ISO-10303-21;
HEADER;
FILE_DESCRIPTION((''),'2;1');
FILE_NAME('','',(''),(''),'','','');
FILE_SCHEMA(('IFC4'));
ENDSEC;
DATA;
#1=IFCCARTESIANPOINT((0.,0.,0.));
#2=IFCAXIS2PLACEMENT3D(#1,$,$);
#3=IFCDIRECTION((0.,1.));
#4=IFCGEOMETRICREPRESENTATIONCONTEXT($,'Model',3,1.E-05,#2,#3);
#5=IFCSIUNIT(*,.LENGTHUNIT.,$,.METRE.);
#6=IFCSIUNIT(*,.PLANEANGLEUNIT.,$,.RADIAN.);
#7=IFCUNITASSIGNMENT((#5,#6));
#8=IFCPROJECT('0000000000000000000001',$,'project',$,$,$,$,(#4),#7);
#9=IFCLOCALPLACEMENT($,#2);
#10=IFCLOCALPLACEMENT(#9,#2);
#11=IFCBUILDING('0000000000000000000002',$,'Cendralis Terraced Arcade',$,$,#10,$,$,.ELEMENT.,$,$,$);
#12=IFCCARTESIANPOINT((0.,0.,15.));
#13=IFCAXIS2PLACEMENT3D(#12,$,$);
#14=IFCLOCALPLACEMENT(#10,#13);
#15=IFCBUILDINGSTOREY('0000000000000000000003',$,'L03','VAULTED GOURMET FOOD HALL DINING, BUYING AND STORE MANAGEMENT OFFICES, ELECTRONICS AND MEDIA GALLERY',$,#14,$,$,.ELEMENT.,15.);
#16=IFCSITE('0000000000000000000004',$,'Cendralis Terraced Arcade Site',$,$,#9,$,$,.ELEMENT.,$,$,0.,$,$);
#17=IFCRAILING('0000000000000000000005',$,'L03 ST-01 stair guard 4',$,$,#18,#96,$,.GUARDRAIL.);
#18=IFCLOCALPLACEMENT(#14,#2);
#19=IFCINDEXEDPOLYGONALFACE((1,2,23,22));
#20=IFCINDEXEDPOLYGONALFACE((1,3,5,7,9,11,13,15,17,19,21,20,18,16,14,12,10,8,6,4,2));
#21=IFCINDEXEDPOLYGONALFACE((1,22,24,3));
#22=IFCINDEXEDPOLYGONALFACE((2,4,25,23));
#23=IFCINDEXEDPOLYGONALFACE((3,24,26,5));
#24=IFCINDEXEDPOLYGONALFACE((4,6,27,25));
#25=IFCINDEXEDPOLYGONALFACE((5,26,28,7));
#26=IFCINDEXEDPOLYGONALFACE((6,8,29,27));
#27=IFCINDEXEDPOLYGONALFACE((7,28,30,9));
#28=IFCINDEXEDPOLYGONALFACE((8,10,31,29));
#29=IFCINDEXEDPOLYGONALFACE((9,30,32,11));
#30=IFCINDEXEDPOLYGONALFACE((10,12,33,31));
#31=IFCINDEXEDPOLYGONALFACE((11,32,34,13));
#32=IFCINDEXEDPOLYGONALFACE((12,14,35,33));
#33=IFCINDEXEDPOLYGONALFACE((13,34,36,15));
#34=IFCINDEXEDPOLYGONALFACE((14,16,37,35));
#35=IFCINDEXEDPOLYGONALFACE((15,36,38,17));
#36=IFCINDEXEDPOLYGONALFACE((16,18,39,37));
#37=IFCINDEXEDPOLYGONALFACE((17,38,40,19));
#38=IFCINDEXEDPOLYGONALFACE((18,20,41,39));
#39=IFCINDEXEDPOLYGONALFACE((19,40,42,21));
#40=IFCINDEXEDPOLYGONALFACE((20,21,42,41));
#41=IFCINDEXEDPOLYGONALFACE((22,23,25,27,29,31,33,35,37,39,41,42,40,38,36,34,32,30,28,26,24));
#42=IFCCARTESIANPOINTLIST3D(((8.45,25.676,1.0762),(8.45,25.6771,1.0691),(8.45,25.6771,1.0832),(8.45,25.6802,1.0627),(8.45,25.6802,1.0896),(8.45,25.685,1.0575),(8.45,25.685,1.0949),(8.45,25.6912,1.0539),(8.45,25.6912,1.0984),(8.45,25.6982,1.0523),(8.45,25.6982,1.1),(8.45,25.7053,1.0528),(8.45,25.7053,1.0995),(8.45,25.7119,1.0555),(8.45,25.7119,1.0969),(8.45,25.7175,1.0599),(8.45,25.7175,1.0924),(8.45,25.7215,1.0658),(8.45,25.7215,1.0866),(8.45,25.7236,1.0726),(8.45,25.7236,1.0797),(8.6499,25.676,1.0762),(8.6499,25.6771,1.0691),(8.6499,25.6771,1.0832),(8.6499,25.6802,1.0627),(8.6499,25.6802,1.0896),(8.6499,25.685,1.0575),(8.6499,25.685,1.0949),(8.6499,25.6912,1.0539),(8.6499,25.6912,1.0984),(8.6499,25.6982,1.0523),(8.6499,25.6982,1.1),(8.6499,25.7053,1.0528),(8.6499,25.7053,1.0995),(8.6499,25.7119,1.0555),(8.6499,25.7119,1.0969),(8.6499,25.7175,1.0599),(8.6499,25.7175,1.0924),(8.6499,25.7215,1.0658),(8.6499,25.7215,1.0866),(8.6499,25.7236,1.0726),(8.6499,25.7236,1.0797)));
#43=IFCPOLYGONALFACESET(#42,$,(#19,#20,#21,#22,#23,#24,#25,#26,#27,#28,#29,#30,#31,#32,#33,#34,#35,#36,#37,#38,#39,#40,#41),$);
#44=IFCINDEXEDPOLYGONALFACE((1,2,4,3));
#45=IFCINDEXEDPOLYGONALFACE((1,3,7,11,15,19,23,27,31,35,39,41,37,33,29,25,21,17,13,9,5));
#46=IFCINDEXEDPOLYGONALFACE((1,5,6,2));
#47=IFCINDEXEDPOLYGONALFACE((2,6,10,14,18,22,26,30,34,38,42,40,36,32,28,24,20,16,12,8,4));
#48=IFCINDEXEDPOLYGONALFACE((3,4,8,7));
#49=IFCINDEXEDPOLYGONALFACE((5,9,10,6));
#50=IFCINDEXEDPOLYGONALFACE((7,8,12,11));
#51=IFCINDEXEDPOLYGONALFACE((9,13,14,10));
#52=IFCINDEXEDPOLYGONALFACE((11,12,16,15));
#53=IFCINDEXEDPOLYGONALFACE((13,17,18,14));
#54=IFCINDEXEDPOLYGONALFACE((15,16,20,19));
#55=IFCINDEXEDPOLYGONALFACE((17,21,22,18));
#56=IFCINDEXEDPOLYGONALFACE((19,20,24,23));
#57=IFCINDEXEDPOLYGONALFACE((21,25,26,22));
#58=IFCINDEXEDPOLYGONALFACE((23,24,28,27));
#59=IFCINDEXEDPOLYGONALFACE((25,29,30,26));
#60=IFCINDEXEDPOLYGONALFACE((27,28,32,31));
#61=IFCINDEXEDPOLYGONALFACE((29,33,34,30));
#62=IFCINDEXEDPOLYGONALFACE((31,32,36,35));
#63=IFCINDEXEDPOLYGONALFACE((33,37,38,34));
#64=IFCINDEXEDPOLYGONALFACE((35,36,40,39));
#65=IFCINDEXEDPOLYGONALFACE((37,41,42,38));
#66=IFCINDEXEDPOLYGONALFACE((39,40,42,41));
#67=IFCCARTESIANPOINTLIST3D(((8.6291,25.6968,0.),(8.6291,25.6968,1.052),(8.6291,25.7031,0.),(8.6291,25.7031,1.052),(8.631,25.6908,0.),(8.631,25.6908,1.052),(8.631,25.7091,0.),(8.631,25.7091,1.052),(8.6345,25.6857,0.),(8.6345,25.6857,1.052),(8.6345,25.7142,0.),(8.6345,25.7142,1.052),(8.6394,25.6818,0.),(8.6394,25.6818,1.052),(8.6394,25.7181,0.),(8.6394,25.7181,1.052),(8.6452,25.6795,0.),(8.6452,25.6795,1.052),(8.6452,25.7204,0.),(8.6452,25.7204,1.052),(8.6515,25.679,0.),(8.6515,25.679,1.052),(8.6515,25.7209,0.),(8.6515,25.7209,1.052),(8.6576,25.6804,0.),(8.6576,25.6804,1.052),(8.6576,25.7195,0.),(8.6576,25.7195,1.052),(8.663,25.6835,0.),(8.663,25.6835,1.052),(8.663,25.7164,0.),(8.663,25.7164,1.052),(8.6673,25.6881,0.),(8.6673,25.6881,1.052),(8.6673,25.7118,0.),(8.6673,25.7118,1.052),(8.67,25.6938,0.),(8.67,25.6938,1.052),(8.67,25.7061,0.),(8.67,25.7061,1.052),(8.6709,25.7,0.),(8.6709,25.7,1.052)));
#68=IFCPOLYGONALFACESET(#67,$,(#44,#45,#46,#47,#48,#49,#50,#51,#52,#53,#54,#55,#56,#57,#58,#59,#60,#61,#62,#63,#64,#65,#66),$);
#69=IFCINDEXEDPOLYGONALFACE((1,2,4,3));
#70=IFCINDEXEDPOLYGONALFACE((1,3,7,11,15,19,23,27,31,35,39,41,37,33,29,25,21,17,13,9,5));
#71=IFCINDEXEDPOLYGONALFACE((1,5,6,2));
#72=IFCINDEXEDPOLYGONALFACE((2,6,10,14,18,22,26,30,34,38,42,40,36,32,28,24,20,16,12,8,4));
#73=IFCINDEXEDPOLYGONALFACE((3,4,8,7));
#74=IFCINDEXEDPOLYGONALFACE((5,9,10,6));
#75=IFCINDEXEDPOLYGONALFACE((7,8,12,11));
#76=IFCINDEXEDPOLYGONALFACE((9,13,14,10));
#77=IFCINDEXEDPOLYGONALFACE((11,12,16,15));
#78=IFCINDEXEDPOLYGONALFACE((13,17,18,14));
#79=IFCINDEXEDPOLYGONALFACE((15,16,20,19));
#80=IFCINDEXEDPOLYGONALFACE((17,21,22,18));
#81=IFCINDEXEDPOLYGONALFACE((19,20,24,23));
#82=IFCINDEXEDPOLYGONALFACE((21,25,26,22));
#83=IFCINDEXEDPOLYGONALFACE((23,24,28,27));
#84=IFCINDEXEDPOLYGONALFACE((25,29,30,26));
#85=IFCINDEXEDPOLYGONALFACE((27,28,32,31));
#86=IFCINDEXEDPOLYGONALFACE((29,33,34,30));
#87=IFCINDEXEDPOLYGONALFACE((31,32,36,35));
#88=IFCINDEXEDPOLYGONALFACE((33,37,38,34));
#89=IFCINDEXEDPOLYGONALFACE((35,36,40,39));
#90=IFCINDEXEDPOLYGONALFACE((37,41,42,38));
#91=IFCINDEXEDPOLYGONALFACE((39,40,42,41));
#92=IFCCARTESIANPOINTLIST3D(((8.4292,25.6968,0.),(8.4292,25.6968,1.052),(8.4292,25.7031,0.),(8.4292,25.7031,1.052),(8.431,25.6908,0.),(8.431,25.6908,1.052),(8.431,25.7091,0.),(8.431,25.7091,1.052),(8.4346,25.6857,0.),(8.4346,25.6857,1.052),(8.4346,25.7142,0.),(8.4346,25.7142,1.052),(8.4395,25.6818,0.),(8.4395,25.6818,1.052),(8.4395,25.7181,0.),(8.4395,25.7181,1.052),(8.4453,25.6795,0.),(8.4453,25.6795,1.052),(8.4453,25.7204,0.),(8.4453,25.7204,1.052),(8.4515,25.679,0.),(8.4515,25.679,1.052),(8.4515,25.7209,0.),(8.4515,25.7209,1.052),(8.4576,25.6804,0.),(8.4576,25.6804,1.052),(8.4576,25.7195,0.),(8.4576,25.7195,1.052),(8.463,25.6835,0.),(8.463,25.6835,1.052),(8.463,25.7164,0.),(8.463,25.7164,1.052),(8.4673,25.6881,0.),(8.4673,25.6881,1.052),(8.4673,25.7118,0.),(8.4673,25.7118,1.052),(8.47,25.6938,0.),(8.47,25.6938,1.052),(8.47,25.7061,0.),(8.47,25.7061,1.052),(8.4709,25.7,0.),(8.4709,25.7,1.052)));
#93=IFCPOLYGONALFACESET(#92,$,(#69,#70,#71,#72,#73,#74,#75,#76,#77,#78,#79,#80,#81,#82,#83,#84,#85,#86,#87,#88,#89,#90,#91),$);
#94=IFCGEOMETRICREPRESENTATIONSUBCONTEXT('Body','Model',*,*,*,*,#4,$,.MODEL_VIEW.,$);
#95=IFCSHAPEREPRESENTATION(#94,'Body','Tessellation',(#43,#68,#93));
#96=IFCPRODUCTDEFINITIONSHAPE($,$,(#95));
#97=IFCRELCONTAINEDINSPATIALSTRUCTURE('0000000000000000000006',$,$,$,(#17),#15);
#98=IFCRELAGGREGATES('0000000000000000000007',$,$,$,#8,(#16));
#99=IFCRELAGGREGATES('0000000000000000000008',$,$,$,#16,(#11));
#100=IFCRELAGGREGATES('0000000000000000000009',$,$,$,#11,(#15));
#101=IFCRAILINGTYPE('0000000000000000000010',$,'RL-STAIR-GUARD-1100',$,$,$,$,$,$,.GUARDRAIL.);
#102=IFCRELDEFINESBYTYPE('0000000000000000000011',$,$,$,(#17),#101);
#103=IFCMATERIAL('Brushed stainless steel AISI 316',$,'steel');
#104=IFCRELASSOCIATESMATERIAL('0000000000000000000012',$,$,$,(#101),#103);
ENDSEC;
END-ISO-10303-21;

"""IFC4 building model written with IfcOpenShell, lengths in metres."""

from ifc_helpers import new_model, si_unit, direction, frame, origin, origin_2d, place, context, subcontext, project, spatial, circle, extrude, material, type_object, element, save


model = new_model("IFC4")

# Units and contexts
model_context = context("Model", 3, precision=1e-05, world=origin(), true_north=direction((0.0, 1.0)))
body_context = subcontext(model_context, "Body", "Model", "MODEL_VIEW")
ifc_project = project(units=[si_unit("LENGTHUNIT", "METRE"), si_unit("PLANEANGLEUNIT", "RADIAN")], contexts=[model_context])

# Site, building, storey
site_placement = place(None, origin())
site = spatial("IfcSite", under=ifc_project, at=site_placement, Name="Cendralis Terraced Arcade Site", CompositionType="ELEMENT", RefElevation=0.0)
building_placement = place(site_placement, origin())
building = spatial("IfcBuilding", under=site, at=building_placement, Name="Cendralis Terraced Arcade", CompositionType="ELEMENT")
storey_placement = place(building_placement, frame((0.0, 0.0, 15.0)))
storey = spatial("IfcBuildingStorey", under=building, at=storey_placement, Name="L03", Description="VAULTED GOURMET FOOD HALL DINING, BUYING AND STORE MANAGEMENT OFFICES, ELECTRONICS AND MEDIA GALLERY", CompositionType="ELEMENT", Elevation=15.0)

# Railing
ifc_material_1 = material(Name="Brushed stainless steel AISI 316", Category="steel")
railing_type_1 = type_object("IfcRailingType", Name="RL-STAIR-GUARD-1100", PredefinedType="GUARDRAIL", material=ifc_material_1)
railing_1_placement = place(storey_placement, frame((8.6499, 25.7, 0.0)))
element("IfcRailing", 1, at=railing_1_placement, inside=storey, type_object=railing_type_1, Name="L03 ST-01 stair guard 4", PredefinedType="GUARDRAIL", context=body_context, shape_type="SweptSolid", body=[
    extrude(circle(Radius=0.0239, at=origin_2d()), frame((0.0, 0.0, 1.0762), z_axis=(-1.0, 0.0, 0.0), x_axis=(0.0, -1.0, 0.0)), (0.0, 0.0, 1.0), 0.2),
    extrude(circle(Radius=0.021, at=origin_2d()), origin(), (0.0, 0.0, 1.0), 1.052),
    extrude(circle(Radius=0.021, at=origin_2d()), frame((-0.2, 0.0, 0.0)), (0.0, 0.0, 1.0), 1.052),
])

save(model, "model.ifc")
